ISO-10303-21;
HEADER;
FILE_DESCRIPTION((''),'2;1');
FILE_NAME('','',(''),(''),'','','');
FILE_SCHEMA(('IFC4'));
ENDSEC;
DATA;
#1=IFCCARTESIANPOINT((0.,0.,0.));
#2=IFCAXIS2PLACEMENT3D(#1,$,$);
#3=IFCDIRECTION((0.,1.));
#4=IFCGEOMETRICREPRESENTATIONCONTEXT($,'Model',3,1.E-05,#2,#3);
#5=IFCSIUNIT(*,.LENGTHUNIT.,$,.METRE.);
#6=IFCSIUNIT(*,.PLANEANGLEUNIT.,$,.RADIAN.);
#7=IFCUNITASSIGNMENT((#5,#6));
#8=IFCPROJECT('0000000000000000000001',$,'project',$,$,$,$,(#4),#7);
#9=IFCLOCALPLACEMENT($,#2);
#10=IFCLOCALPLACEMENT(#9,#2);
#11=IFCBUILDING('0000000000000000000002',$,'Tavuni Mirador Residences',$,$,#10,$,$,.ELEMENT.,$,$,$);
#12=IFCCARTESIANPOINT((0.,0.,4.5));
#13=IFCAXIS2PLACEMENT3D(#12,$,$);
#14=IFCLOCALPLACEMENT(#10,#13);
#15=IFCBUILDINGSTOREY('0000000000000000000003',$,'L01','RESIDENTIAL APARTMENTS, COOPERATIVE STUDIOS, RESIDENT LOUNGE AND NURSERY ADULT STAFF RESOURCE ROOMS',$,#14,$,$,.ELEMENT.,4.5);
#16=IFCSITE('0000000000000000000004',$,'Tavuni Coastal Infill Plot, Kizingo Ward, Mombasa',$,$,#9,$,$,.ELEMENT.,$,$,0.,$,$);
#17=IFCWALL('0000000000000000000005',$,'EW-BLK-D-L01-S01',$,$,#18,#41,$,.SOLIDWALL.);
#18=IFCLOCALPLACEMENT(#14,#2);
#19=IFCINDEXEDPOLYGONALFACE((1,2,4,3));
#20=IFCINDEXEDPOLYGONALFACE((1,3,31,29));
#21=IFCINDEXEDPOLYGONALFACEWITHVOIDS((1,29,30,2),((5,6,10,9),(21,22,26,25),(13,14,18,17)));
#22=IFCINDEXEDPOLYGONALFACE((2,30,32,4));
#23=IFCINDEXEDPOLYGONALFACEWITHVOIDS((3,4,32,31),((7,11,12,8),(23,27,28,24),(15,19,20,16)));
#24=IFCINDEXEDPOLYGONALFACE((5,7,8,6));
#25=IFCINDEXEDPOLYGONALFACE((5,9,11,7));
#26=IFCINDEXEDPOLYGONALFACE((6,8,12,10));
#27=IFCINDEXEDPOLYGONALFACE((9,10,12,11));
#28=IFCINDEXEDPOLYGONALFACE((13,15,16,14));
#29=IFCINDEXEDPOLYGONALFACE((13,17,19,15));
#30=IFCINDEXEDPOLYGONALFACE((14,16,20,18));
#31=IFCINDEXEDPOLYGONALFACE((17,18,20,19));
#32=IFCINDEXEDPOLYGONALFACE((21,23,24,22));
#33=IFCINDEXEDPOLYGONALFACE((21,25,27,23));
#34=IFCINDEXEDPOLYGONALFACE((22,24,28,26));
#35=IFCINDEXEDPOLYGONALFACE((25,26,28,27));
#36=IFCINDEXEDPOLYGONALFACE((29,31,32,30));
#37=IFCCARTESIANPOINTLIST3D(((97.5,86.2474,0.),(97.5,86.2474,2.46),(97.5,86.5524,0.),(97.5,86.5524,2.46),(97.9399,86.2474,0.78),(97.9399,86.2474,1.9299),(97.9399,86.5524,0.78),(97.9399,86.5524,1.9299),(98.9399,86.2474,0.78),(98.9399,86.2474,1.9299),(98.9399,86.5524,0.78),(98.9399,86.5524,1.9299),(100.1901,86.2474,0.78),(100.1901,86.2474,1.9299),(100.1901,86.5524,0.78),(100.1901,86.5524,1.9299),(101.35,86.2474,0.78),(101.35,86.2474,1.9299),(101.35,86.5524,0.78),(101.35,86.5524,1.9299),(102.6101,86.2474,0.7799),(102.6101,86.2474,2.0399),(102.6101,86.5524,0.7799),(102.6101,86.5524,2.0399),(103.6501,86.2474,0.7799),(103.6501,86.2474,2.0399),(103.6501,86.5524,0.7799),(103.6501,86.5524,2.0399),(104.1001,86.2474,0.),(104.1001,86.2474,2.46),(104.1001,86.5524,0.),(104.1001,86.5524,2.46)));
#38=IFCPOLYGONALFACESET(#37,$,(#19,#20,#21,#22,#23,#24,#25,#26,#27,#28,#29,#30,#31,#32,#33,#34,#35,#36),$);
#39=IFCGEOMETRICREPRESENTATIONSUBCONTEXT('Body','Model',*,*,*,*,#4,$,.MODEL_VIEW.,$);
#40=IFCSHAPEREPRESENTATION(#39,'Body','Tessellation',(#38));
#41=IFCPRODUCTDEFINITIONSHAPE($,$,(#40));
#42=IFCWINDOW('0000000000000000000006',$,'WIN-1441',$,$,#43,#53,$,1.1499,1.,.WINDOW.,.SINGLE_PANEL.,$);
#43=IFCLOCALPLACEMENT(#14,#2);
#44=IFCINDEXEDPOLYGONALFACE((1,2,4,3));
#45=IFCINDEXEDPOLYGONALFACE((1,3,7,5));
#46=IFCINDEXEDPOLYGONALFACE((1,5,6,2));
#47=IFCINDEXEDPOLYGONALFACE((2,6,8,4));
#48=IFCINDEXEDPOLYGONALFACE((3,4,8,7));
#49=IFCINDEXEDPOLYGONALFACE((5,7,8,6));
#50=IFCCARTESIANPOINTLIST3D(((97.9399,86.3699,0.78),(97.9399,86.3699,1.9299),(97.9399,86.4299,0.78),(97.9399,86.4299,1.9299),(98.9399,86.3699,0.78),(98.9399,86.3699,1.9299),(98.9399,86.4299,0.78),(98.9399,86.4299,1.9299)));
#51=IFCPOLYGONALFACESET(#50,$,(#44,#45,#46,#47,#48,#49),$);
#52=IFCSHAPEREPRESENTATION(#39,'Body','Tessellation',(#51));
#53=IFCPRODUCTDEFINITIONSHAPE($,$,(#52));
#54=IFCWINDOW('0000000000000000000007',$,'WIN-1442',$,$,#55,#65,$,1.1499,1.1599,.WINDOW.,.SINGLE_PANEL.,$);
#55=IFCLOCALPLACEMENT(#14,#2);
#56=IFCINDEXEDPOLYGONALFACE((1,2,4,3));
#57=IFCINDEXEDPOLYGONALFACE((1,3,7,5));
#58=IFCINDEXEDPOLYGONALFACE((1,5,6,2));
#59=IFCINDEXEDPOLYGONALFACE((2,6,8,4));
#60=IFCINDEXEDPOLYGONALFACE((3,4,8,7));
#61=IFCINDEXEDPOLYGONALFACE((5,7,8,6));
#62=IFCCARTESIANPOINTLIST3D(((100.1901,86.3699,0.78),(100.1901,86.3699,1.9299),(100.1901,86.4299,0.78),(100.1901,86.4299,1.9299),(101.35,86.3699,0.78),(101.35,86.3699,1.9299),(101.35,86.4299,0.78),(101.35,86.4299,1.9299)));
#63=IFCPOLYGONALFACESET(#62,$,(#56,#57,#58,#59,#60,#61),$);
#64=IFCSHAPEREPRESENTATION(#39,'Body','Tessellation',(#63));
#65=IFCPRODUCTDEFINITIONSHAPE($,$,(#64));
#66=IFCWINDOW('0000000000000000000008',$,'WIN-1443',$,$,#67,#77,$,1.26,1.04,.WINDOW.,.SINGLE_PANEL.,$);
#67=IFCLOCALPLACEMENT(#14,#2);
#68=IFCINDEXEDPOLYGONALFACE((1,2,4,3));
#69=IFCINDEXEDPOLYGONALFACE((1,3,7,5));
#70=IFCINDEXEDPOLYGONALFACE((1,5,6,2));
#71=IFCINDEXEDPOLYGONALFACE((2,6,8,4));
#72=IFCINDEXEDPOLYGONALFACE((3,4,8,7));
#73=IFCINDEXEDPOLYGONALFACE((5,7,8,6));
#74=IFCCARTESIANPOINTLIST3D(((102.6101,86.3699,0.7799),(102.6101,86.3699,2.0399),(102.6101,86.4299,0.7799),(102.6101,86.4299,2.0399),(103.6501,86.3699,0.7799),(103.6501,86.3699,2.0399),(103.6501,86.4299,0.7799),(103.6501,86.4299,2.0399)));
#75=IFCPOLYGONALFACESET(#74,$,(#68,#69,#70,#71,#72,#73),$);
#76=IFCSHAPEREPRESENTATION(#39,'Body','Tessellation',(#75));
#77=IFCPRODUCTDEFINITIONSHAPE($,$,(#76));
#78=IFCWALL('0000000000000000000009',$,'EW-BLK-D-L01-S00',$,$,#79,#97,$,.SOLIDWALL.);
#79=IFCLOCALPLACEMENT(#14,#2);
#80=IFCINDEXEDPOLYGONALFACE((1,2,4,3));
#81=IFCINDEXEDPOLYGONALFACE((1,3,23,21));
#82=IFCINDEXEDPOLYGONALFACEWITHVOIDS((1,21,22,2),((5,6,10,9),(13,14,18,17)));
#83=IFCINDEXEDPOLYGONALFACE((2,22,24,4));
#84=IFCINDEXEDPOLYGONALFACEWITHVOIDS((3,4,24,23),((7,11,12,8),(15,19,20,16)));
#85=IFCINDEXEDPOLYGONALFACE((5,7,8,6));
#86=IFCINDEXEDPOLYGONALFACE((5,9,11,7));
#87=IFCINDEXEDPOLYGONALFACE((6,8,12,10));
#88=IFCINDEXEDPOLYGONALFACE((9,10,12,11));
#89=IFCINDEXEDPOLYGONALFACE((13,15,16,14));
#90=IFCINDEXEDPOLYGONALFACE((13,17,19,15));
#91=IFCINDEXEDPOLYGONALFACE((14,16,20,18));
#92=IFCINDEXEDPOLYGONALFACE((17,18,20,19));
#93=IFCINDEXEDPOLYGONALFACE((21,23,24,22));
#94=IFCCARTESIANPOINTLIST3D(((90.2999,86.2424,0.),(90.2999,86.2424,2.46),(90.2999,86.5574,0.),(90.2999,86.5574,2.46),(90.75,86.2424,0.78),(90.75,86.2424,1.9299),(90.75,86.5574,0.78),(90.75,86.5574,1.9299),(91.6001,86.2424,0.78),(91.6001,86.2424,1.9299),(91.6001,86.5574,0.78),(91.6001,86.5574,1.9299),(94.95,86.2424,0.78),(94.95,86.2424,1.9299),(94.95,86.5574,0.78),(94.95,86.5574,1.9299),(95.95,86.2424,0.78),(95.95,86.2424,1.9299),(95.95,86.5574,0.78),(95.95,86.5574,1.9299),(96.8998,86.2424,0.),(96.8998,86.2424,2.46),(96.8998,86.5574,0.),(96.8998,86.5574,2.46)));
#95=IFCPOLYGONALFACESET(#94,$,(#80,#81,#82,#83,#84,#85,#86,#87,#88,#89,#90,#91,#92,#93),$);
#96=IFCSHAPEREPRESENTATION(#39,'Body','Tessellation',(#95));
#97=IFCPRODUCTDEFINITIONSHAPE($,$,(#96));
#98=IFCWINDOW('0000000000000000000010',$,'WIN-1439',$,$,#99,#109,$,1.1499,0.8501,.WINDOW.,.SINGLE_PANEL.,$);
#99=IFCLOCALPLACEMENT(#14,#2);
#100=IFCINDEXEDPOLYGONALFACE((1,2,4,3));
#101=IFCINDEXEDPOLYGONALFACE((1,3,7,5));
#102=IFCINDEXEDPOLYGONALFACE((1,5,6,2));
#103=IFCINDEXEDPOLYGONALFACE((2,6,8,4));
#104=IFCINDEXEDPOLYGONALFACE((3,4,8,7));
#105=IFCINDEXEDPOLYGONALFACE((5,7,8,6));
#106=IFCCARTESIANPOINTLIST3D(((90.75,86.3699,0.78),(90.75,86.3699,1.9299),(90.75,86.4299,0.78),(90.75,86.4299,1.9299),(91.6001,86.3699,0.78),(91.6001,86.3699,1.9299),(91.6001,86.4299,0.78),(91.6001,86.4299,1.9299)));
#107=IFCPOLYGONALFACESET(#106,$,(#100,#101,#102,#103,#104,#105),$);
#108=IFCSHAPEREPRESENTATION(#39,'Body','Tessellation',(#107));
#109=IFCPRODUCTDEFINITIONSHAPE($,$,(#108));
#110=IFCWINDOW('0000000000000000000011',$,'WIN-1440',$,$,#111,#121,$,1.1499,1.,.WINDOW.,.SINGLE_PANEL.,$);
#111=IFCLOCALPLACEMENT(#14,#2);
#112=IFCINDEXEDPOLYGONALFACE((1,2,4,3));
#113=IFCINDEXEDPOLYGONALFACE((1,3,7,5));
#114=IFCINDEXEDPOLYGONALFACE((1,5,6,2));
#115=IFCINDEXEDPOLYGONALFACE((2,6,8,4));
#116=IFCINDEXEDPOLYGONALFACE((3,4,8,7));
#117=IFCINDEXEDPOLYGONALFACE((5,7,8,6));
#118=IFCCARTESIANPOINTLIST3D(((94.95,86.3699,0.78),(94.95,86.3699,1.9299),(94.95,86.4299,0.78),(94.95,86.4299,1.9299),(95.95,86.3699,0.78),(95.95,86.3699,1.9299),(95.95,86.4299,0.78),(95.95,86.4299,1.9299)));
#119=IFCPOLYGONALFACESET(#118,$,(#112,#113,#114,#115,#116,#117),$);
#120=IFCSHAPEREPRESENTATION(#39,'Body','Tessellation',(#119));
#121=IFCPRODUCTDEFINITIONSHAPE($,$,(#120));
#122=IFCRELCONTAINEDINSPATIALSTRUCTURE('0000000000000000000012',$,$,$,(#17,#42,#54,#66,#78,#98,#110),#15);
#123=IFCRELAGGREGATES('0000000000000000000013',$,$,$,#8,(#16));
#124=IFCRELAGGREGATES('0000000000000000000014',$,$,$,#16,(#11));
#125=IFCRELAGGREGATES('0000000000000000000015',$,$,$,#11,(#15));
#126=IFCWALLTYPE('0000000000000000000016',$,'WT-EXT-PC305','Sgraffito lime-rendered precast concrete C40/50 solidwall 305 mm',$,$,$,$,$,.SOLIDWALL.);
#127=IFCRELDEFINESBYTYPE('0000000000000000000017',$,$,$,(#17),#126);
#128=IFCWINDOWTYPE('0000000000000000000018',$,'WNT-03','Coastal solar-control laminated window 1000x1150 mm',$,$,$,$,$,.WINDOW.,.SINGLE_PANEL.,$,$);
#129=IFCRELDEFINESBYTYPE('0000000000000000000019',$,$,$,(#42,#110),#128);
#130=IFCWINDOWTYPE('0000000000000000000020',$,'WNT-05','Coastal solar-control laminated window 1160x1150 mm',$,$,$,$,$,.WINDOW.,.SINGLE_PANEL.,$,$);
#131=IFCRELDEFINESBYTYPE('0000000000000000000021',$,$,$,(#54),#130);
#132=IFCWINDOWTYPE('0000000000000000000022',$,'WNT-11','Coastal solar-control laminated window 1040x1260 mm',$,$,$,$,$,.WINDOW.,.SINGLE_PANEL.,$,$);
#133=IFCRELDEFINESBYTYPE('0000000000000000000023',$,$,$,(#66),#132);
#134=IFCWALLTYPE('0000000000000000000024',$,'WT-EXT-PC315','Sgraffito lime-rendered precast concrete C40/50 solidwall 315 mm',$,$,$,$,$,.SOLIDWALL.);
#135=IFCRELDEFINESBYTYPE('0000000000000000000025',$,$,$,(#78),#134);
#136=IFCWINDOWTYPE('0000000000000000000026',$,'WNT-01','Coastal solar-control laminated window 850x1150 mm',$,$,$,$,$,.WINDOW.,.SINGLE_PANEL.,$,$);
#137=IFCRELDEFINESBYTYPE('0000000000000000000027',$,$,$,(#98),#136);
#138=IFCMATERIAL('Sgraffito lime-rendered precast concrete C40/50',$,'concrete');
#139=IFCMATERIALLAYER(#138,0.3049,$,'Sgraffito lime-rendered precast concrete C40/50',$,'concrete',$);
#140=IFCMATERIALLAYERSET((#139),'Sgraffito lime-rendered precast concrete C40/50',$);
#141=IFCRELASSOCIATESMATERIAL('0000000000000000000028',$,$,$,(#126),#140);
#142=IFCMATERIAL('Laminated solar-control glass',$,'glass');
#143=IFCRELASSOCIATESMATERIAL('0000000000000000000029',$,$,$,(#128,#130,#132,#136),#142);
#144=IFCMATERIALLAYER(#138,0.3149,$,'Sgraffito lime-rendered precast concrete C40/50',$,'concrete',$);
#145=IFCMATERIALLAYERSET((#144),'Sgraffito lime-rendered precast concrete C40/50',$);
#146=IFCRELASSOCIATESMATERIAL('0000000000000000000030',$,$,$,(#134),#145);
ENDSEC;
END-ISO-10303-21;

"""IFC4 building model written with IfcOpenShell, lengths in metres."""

from ifc_helpers import new_model, si_unit, direction, frame, frame_2d, origin, place, context, subcontext, project, spatial, rectangle, extrude, material, layer, layer_set, type_object, element, fill, save


model = new_model("IFC4")

# Units and contexts
model_context = context("Model", 3, precision=1e-05, world=origin(), true_north=direction((0.0, 1.0)))
body_context = subcontext(model_context, "Body", "Model", "MODEL_VIEW")
ifc_project = project(units=[si_unit("LENGTHUNIT", "METRE"), si_unit("PLANEANGLEUNIT", "RADIAN")], contexts=[model_context])

# Site, building, storey
site_placement = place(None, origin())
site = spatial("IfcSite", under=ifc_project, at=site_placement, Name="Tavuni Coastal Infill Plot, Kizingo Ward, Mombasa", CompositionType="ELEMENT", RefElevation=0.0)
building_placement = place(site_placement, origin())
building = spatial("IfcBuilding", under=site, at=building_placement, Name="Tavuni Mirador Residences", CompositionType="ELEMENT")
storey_placement = place(building_placement, frame((0.0, 0.0, 4.5)))
storey = spatial("IfcBuildingStorey", under=building, at=storey_placement, Name="L01", Description="RESIDENTIAL APARTMENTS, COOPERATIVE STUDIOS, RESIDENT LOUNGE AND NURSERY ADULT STAFF RESOURCE ROOMS", CompositionType="ELEMENT", Elevation=4.5)

# Walls, openings, windows
ifc_material_1 = material(Name="Sgraffito lime-rendered precast concrete C40/50", Category="concrete")
ifc_layer_1 = layer(ifc_material_1, 0.3049, Name="Sgraffito lime-rendered precast concrete C40/50", Category="concrete")
ifc_layer_set_1 = layer_set([ifc_layer_1], Name="Sgraffito lime-rendered precast concrete C40/50")
wall_type_1 = type_object("IfcWallType", Name="WT-EXT-PC305", Description="Sgraffito lime-rendered precast concrete C40/50 solidwall 305 mm", PredefinedType="SOLIDWALL", material=ifc_layer_set_1)
wall_1_placement = place(storey_placement, frame((97.5, 86.3999, 0.0), z_axis=(0.0, 0.0, 1.0), x_axis=(1.0, 0.0, 0.0)))
wall_1 = element("IfcWall", 1, at=wall_1_placement, inside=storey, type_object=wall_type_1, Name="EW-BLK-D-L01-S01", PredefinedType="SOLIDWALL", context=body_context, shape_type="SweptSolid", body=[
    extrude(rectangle(XDim=6.6001, YDim=0.3049, at=frame_2d((3.3, 0.0))), origin(), (0.0, 0.0, 1.0), 2.46),
])
opening_1_placement = place(wall_1_placement, frame((0.4399, 0.0, 0.78)))
opening_1 = element("IfcOpeningElement", 2, at=opening_1_placement, cuts=wall_1, PredefinedType="OPENING", context=body_context, shape_type="SweptSolid", body=[
    extrude(rectangle(XDim=1.0, YDim=1.1499, at=frame_2d((0.5, 0.575))), frame((0.0, 0.1626, 0.0), z_axis=(0.0, -1.0, 0.0), x_axis=(1.0, 0.0, 0.0)), (0.0, 0.0, 1.0), 0.325),
])
opening_2_placement = place(wall_1_placement, frame((2.6899, 0.0, 0.78)))
opening_2 = element("IfcOpeningElement", 3, at=opening_2_placement, cuts=wall_1, PredefinedType="OPENING", context=body_context, shape_type="SweptSolid", body=[
    extrude(rectangle(XDim=1.1599, YDim=1.1499, at=frame_2d((0.5801, 0.575))), frame((0.0, 0.1626, 0.0), z_axis=(0.0, -1.0, 0.0), x_axis=(1.0, 0.0, 0.0)), (0.0, 0.0, 1.0), 0.325),
])
opening_3_placement = place(wall_1_placement, frame((5.1101, 0.0, 0.78)))
opening_3 = element("IfcOpeningElement", 4, at=opening_3_placement, cuts=wall_1, PredefinedType="OPENING", context=body_context, shape_type="SweptSolid", body=[
    extrude(rectangle(XDim=1.04, YDim=1.26, at=frame_2d((0.52, 0.6299))), frame((0.0, 0.1626, 0.0), z_axis=(0.0, -1.0, 0.0), x_axis=(1.0, 0.0, 0.0)), (0.0, 0.0, 1.0), 0.325),
])
ifc_material_2 = material(Name="Laminated solar-control glass", Category="glass")
window_type_1 = type_object("IfcWindowType", Name="WNT-03", Description="Coastal solar-control laminated window 1000x1150 mm", PartitioningType="SINGLE_PANEL", PredefinedType="WINDOW", material=ifc_material_2)
window_1_placement = place(opening_1_placement, origin())
window_1 = element("IfcWindow", 5, at=window_1_placement, inside=storey, type_object=window_type_1, Name="WIN-1441", OverallHeight=1.1499, OverallWidth=1.0, PartitioningType="SINGLE_PANEL", PredefinedType="WINDOW", context=body_context, shape_type="SweptSolid", body=[
    extrude(rectangle(XDim=1.0, YDim=1.1499, at=frame_2d((0.5, 0.575))), frame((0.0, 0.03, 0.0), z_axis=(0.0, -1.0, 0.0), x_axis=(1.0, 0.0, 0.0)), (0.0, 0.0, 1.0), 0.0601),
])
fill(opening_1, window_1)
window_type_2 = type_object("IfcWindowType", Name="WNT-05", Description="Coastal solar-control laminated window 1160x1150 mm", PartitioningType="SINGLE_PANEL", PredefinedType="WINDOW", material=ifc_material_2)
window_2_placement = place(opening_2_placement, origin())
window_2 = element("IfcWindow", 6, at=window_2_placement, inside=storey, type_object=window_type_2, Name="WIN-1442", OverallHeight=1.1499, OverallWidth=1.1599, PartitioningType="SINGLE_PANEL", PredefinedType="WINDOW", context=body_context, shape_type="SweptSolid", body=[
    extrude(rectangle(XDim=1.1599, YDim=1.1499, at=frame_2d((0.5801, 0.575))), frame((0.0, 0.03, 0.0), z_axis=(0.0, -1.0, 0.0), x_axis=(1.0, 0.0, 0.0)), (0.0, 0.0, 1.0), 0.0601),
])
fill(opening_2, window_2)
window_type_3 = type_object("IfcWindowType", Name="WNT-11", Description="Coastal solar-control laminated window 1040x1260 mm", PartitioningType="SINGLE_PANEL", PredefinedType="WINDOW", material=ifc_material_2)
window_3_placement = place(opening_3_placement, origin())
window_3 = element("IfcWindow", 7, at=window_3_placement, inside=storey, type_object=window_type_3, Name="WIN-1443", OverallHeight=1.26, OverallWidth=1.04, PartitioningType="SINGLE_PANEL", PredefinedType="WINDOW", context=body_context, shape_type="SweptSolid", body=[
    extrude(rectangle(XDim=1.04, YDim=1.26, at=frame_2d((0.52, 0.6299))), frame((0.0, 0.03, 0.0), z_axis=(0.0, -1.0, 0.0), x_axis=(1.0, 0.0, 0.0)), (0.0, 0.0, 1.0), 0.0601),
])
fill(opening_3, window_3)
ifc_layer_2 = layer(ifc_material_1, 0.3149, Name="Sgraffito lime-rendered precast concrete C40/50", Category="concrete")
ifc_layer_set_2 = layer_set([ifc_layer_2], Name="Sgraffito lime-rendered precast concrete C40/50")
wall_type_2 = type_object("IfcWallType", Name="WT-EXT-PC315", Description="Sgraffito lime-rendered precast concrete C40/50 solidwall 315 mm", PredefinedType="SOLIDWALL", material=ifc_layer_set_2)
wall_2_placement = place(storey_placement, frame((90.3, 86.3999, 0.0), z_axis=(0.0, 0.0, 1.0), x_axis=(1.0, 0.0, 0.0)))
wall_2 = element("IfcWall", 8, at=wall_2_placement, inside=storey, type_object=wall_type_2, Name="EW-BLK-D-L01-S00", PredefinedType="SOLIDWALL", context=body_context, shape_type="SweptSolid", body=[
    extrude(rectangle(XDim=6.5999, YDim=0.3149, at=frame_2d((3.2998, 0.0))), origin(), (0.0, 0.0, 1.0), 2.46),
])
opening_4_placement = place(wall_2_placement, frame((0.45, 0.0, 0.78)))
opening_4 = element("IfcOpeningElement", 9, at=opening_4_placement, cuts=wall_2, PredefinedType="OPENING", context=body_context, shape_type="SweptSolid", body=[
    extrude(rectangle(XDim=0.8501, YDim=1.1499, at=frame_2d((0.425, 0.575))), frame((0.0, 0.1675, 0.0), z_axis=(0.0, -1.0, 0.0), x_axis=(1.0, 0.0, 0.0)), (0.0, 0.0, 1.0), 0.335),
])
opening_5_placement = place(wall_2_placement, frame((4.6499, 0.0, 0.78)))
opening_5 = element("IfcOpeningElement", 10, at=opening_5_placement, cuts=wall_2, PredefinedType="OPENING", context=body_context, shape_type="SweptSolid", body=[
    extrude(rectangle(XDim=1.0, YDim=1.1499, at=frame_2d((0.5, 0.575))), frame((0.0, 0.1675, 0.0), z_axis=(0.0, -1.0, 0.0), x_axis=(1.0, 0.0, 0.0)), (0.0, 0.0, 1.0), 0.335),
])
window_type_4 = type_object("IfcWindowType", Name="WNT-01", Description="Coastal solar-control laminated window 850x1150 mm", PartitioningType="SINGLE_PANEL", PredefinedType="WINDOW", material=ifc_material_2)
window_4_placement = place(opening_4_placement, origin())
window_4 = element("IfcWindow", 11, at=window_4_placement, inside=storey, type_object=window_type_4, Name="WIN-1439", OverallHeight=1.1499, OverallWidth=0.8501, PartitioningType="SINGLE_PANEL", PredefinedType="WINDOW", context=body_context, shape_type="SweptSolid", body=[
    extrude(rectangle(XDim=0.8501, YDim=1.1499, at=frame_2d((0.425, 0.575))), frame((0.0, 0.03, 0.0), z_axis=(0.0, -1.0, 0.0), x_axis=(1.0, 0.0, 0.0)), (0.0, 0.0, 1.0), 0.0601),
])
fill(opening_4, window_4)
window_5_placement = place(opening_5_placement, origin())
window_5 = element("IfcWindow", 12, at=window_5_placement, inside=storey, type_object=window_type_1, Name="WIN-1440", OverallHeight=1.1499, OverallWidth=1.0, PartitioningType="SINGLE_PANEL", PredefinedType="WINDOW", context=body_context, shape_type="SweptSolid", body=[
    extrude(rectangle(XDim=1.0, YDim=1.1499, at=frame_2d((0.5, 0.575))), frame((0.0, 0.03, 0.0), z_axis=(0.0, -1.0, 0.0), x_axis=(1.0, 0.0, 0.0)), (0.0, 0.0, 1.0), 0.0601),
])
fill(opening_5, window_5)

save(model, "model.ifc")
